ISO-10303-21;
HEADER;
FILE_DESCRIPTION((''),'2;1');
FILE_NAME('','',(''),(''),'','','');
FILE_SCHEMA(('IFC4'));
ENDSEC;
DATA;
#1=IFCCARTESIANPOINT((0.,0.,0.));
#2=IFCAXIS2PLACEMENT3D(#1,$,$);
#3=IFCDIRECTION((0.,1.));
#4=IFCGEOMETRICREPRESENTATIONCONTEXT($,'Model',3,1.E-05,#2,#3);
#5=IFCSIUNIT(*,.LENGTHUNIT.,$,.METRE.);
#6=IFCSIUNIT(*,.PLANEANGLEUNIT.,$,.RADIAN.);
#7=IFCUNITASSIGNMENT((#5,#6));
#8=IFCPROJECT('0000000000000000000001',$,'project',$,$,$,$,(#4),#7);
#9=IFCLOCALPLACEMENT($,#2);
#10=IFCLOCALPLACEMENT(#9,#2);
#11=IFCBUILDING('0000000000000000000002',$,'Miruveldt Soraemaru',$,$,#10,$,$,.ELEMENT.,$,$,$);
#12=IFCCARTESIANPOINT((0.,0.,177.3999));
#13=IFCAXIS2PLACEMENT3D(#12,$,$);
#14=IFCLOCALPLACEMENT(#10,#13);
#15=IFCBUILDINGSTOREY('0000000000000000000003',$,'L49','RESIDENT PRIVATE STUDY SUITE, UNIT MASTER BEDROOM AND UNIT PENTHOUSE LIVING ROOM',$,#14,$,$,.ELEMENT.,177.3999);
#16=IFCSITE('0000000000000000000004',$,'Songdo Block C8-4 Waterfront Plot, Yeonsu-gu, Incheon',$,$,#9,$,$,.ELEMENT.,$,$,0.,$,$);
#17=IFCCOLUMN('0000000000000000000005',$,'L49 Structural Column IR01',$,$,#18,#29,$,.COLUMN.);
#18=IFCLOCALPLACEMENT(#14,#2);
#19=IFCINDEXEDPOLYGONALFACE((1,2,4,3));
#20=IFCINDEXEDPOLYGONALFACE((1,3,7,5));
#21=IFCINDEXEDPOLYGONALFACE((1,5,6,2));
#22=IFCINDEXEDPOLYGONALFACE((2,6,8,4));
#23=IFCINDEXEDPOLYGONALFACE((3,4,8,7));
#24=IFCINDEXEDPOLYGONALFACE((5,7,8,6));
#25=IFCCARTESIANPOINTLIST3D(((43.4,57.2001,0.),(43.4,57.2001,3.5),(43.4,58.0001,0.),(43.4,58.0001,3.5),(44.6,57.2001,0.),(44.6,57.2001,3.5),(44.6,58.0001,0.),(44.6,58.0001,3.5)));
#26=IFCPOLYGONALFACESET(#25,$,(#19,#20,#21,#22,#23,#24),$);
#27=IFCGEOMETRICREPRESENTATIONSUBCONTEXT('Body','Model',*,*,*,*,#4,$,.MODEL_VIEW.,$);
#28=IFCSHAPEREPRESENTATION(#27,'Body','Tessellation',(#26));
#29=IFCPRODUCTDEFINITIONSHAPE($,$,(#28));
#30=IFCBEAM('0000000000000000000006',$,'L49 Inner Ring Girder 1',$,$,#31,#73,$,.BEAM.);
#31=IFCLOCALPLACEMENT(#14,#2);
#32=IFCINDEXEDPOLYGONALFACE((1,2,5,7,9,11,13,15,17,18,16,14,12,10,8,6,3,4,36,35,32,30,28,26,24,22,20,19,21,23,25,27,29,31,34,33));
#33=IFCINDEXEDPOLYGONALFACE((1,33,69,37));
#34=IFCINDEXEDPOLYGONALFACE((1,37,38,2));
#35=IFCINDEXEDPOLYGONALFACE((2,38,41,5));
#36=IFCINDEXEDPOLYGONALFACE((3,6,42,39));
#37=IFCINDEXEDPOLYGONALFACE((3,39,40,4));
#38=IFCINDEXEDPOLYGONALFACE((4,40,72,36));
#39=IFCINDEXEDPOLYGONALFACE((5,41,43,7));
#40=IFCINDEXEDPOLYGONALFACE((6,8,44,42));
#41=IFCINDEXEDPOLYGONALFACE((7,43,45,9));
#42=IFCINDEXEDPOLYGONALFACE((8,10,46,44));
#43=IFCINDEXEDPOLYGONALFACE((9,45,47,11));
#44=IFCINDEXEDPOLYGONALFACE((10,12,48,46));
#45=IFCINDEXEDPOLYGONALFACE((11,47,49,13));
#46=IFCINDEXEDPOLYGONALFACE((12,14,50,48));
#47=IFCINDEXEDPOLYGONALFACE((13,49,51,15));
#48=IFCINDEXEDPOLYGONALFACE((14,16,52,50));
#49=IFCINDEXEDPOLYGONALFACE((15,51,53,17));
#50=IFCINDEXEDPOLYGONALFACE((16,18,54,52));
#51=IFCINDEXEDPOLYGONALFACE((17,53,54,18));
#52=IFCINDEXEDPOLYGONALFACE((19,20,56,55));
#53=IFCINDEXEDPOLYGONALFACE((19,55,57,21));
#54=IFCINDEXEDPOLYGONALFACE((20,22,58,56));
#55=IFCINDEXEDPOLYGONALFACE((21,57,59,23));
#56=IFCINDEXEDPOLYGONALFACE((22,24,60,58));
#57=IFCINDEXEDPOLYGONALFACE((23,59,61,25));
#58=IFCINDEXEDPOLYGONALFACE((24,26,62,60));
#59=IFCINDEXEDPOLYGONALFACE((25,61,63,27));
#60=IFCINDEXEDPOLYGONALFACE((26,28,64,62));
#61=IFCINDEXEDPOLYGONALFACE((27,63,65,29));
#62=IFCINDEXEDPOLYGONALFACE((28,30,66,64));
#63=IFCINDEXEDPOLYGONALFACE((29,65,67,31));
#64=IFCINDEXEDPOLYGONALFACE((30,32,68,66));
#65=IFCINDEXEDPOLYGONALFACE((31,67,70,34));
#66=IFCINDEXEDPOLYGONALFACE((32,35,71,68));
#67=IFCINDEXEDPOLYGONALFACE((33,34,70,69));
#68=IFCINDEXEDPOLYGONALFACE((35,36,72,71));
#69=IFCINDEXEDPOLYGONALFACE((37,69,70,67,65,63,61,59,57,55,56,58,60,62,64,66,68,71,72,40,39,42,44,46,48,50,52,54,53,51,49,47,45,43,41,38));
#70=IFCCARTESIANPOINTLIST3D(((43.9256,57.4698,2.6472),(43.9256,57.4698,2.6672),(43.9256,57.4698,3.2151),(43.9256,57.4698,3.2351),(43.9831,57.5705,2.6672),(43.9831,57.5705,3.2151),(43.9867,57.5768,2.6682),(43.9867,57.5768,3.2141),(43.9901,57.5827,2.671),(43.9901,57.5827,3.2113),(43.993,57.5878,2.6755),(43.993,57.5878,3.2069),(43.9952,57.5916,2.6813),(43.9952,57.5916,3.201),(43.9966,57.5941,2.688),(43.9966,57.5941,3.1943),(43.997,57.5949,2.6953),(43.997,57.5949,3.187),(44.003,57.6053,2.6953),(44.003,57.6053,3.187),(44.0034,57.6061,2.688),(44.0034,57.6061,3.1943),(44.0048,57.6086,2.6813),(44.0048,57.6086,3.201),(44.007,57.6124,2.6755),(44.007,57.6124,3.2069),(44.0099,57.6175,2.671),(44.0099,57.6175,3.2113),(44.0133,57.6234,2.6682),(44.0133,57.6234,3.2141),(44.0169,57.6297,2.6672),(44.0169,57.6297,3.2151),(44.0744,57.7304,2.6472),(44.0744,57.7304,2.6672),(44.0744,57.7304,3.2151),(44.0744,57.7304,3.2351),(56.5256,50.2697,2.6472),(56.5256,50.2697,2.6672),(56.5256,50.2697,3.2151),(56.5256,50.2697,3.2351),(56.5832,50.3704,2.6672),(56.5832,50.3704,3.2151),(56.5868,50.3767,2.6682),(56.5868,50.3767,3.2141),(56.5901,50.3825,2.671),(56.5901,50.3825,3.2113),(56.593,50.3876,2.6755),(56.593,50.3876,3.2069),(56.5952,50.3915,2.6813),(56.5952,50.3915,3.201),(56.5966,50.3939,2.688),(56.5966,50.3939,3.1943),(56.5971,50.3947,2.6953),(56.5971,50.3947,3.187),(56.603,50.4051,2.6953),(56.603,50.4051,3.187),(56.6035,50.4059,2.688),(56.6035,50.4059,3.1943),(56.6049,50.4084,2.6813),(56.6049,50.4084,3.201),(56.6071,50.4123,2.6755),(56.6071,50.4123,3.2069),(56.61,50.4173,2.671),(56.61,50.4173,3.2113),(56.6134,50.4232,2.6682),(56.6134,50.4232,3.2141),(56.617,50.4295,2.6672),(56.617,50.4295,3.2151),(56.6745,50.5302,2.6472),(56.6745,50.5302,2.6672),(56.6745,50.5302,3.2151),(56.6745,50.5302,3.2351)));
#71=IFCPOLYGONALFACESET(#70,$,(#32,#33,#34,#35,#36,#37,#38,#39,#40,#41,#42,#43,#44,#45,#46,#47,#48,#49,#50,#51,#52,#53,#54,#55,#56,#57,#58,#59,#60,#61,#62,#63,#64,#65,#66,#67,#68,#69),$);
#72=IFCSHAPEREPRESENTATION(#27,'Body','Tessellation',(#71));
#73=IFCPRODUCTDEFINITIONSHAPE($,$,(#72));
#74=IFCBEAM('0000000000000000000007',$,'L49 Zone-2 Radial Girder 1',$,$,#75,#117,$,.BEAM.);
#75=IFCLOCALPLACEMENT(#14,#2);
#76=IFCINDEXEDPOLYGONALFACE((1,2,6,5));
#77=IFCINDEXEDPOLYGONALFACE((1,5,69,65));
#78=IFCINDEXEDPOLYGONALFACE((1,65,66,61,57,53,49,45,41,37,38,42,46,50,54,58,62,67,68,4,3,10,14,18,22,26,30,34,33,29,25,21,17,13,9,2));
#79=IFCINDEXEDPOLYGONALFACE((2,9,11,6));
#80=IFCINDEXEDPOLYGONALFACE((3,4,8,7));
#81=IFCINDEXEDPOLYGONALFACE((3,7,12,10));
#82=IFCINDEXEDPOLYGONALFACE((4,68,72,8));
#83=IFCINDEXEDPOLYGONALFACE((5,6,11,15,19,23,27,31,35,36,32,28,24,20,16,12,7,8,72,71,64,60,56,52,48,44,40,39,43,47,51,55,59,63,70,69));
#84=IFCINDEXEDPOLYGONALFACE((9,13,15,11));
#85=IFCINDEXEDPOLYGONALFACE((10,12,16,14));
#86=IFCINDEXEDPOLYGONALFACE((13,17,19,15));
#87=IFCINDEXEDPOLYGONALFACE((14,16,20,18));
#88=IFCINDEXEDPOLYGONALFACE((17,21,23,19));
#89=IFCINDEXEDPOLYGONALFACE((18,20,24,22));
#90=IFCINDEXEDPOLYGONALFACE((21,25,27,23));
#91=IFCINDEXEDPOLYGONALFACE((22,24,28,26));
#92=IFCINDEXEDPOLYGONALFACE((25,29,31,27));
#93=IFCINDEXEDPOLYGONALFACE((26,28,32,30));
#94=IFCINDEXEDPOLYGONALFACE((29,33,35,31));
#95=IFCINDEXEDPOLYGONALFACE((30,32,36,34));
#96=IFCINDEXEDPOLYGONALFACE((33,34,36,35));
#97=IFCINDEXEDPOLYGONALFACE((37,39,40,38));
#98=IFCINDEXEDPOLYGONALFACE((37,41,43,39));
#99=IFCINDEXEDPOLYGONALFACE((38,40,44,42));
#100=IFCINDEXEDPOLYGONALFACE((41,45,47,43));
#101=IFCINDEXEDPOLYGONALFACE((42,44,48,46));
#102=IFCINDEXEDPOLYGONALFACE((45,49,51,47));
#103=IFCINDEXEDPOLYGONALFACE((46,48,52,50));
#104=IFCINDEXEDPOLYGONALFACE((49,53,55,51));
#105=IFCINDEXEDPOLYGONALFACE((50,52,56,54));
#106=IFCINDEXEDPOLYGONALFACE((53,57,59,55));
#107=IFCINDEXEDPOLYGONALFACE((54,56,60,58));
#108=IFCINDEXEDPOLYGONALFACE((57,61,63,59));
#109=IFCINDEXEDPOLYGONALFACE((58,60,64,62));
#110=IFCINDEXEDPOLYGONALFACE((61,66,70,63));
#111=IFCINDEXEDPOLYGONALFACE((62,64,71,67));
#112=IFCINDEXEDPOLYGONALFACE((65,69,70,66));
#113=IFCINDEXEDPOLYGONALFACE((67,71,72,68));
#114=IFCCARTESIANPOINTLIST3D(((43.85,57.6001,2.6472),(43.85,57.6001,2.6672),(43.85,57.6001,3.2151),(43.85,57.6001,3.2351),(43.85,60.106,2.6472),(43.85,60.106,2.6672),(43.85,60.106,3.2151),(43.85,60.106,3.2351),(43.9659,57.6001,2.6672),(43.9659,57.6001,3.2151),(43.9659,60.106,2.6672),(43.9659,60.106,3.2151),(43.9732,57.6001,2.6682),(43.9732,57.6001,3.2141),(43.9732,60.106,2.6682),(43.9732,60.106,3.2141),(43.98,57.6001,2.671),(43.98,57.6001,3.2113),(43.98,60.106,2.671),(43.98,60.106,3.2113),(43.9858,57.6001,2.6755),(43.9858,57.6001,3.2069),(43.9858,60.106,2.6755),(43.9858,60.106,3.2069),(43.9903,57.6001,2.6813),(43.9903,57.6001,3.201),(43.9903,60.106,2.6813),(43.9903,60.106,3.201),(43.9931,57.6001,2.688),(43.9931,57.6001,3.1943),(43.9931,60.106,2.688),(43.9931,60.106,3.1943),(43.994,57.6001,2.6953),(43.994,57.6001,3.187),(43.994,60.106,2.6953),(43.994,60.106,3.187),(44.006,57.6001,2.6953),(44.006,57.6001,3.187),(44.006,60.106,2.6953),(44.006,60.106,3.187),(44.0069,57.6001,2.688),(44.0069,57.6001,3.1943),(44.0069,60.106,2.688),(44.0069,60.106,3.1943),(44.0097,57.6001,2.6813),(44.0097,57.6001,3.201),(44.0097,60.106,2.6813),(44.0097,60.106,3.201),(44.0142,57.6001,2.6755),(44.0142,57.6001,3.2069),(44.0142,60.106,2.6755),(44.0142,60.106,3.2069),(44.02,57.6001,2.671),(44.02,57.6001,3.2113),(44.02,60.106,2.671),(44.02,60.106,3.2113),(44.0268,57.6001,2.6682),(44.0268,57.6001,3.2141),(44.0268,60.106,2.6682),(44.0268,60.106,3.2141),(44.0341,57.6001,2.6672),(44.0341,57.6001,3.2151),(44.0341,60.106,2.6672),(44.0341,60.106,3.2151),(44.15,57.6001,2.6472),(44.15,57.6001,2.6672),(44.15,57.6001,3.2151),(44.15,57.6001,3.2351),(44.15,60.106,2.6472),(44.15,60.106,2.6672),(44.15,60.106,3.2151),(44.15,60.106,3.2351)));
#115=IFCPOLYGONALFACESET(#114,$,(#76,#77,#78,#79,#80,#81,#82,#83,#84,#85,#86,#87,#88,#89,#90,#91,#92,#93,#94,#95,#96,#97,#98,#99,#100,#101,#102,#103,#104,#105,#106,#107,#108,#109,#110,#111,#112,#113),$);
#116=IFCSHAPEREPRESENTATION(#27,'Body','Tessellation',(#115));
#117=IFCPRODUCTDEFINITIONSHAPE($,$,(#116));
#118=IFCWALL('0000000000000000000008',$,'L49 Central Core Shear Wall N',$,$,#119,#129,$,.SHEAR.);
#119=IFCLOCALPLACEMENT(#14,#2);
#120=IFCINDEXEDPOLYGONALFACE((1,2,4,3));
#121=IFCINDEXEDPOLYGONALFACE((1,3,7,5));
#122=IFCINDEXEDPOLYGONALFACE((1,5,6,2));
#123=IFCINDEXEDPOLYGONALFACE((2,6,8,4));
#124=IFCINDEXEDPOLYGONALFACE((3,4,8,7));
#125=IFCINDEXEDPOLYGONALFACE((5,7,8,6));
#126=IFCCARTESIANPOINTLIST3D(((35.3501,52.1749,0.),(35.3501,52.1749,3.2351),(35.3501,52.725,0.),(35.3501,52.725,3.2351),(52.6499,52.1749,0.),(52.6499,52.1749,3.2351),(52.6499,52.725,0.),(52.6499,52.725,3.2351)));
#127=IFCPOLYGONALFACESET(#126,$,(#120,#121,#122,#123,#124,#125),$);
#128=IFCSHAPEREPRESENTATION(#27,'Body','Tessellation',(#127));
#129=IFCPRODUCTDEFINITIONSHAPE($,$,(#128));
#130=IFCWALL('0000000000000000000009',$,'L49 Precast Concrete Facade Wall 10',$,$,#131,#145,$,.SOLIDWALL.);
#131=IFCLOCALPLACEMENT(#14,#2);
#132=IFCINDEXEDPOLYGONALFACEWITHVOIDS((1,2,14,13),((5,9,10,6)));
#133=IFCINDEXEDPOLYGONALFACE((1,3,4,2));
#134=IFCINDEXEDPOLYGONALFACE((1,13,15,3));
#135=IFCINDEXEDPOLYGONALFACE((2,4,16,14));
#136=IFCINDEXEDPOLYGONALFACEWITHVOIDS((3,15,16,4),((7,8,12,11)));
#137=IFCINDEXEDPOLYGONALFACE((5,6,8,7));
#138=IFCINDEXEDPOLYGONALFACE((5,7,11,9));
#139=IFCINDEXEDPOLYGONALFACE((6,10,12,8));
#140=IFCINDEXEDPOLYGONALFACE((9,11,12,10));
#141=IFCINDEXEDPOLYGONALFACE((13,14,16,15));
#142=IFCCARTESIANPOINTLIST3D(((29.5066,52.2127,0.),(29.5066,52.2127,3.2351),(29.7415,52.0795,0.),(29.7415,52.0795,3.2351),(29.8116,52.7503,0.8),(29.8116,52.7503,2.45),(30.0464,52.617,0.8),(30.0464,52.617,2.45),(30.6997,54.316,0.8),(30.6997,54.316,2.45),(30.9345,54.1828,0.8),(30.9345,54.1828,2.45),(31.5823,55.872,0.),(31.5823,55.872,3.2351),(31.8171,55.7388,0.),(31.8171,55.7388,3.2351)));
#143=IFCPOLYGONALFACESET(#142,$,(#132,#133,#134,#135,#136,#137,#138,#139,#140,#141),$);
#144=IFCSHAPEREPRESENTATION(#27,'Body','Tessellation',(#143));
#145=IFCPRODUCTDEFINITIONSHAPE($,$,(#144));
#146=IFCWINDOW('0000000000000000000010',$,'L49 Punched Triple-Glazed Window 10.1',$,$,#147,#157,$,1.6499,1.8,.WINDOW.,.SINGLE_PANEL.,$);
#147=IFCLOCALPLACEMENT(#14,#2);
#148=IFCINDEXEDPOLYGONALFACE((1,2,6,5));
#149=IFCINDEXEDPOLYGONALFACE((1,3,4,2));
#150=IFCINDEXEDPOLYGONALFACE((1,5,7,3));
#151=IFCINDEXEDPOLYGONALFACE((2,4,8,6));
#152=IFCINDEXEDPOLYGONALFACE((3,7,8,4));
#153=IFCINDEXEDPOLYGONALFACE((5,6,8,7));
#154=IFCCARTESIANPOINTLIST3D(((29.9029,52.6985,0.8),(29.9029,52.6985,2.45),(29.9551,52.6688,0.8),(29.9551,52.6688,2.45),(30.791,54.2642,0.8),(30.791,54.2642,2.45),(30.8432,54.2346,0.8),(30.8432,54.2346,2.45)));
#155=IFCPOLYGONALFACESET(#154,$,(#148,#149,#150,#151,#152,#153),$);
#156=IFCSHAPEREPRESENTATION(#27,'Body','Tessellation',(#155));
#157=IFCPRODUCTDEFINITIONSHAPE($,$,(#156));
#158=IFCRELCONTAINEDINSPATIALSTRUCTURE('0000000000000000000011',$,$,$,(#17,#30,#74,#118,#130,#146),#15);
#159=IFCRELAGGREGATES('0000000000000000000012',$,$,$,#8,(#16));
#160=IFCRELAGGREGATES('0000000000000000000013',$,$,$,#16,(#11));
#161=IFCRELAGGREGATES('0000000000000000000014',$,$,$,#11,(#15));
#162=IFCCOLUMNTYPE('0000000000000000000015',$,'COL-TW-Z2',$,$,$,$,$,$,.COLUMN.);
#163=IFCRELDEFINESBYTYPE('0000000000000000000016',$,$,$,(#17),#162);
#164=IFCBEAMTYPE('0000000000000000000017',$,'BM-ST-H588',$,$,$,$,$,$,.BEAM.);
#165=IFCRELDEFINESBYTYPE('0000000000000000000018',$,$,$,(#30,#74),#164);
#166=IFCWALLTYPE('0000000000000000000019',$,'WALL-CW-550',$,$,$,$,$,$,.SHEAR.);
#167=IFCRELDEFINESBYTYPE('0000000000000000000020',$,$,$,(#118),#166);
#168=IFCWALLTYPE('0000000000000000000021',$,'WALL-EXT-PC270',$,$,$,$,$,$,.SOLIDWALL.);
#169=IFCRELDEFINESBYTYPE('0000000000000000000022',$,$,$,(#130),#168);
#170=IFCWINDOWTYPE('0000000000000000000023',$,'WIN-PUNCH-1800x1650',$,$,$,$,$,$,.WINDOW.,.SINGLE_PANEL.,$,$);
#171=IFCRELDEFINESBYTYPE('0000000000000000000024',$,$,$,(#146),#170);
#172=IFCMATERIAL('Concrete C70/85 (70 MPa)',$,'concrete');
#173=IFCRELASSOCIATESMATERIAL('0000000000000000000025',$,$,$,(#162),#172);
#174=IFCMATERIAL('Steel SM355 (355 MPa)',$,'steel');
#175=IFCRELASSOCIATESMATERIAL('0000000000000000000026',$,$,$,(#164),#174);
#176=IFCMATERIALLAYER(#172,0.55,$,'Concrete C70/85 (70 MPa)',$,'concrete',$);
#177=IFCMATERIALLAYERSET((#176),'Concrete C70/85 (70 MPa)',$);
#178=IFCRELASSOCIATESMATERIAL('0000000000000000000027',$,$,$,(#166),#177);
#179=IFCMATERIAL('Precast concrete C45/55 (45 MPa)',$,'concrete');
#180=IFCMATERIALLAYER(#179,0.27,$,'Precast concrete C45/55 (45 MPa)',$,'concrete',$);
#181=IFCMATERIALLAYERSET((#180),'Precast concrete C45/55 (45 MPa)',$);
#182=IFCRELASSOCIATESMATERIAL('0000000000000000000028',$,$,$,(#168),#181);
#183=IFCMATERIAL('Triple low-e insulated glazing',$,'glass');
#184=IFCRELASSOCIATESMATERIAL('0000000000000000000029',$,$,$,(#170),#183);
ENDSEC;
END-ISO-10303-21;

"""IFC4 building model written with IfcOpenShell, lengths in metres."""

from ifc_helpers import new_model, si_unit, direction, frame, frame_2d, origin, origin_2d, place, context, subcontext, project, spatial, rectangle, i_section, extrude, material, layer, layer_set, material_profile, profile_set, type_object, element, fill, save


model = new_model("IFC4")

# Units and contexts
model_context = context("Model", 3, precision=1e-05, world=origin(), true_north=direction((0.0, 1.0)))
body_context = subcontext(model_context, "Body", "Model", "MODEL_VIEW")
ifc_project = project(units=[si_unit("LENGTHUNIT", "METRE"), si_unit("PLANEANGLEUNIT", "RADIAN")], contexts=[model_context])

# Site, building, storey
site_placement = place(None, origin())
site = spatial("IfcSite", under=ifc_project, at=site_placement, Name="Songdo Block C8-4 Waterfront Plot, Yeonsu-gu, Incheon", CompositionType="ELEMENT", RefElevation=0.0)
building_placement = place(site_placement, origin())
building = spatial("IfcBuilding", under=site, at=building_placement, Name="Miruveldt Soraemaru", CompositionType="ELEMENT")
storey_placement = place(building_placement, frame((0.0, 0.0, 177.3999)))
storey = spatial("IfcBuildingStorey", under=building, at=storey_placement, Name="L49", Description="RESIDENT PRIVATE STUDY SUITE, UNIT MASTER BEDROOM AND UNIT PENTHOUSE LIVING ROOM", CompositionType="ELEMENT", Elevation=177.3999)

# Column
ifc_material_1 = material(Name="Concrete C70/85 (70 MPa)", Category="concrete")
ifc_material_profile_1 = material_profile(ifc_material_1, rectangle(XDim=1.2, YDim=0.8, at=origin_2d()), Name="Concrete C70/85 (70 MPa)", Category="concrete")
ifc_profile_set_1 = profile_set([ifc_material_profile_1], Name="Concrete C70/85 (70 MPa)")
column_type = type_object("IfcColumnType", Name="COL-TW-Z2", PredefinedType="COLUMN", material=ifc_profile_set_1)
column_placement = place(storey_placement, frame((44.0, 57.6001, 0.0), z_axis=(0.0, 0.0, 1.0), x_axis=(1.0, 0.0, 0.0)))
element("IfcColumn", 1, at=column_placement, inside=storey, type_object=column_type, Name="L49 Structural Column IR01", PredefinedType="COLUMN", context=body_context, shape_type="SweptSolid", body=[
    extrude(rectangle(XDim=1.2, YDim=0.8, at=origin_2d()), origin(), (0.0, 0.0, 1.0), 3.5),
])

# Beams
ifc_material_2 = material(Name="Steel SM355 (355 MPa)", Category="steel")
ifc_material_profile_2 = material_profile(ifc_material_2, i_section(OverallWidth=0.3, OverallDepth=0.5879, WebThickness=0.012, FlangeThickness=0.02, FilletRadius=0.0281, at=origin_2d()), Name="Steel SM355 (355 MPa)", Category="steel")
ifc_profile_set_2 = profile_set([ifc_material_profile_2], Name="Steel SM355 (355 MPa)")
beam_type = type_object("IfcBeamType", Name="BM-ST-H588", PredefinedType="BEAM", material=ifc_profile_set_2)
beam_1_placement = place(storey_placement, frame((44.0, 57.6001, 2.9412), z_axis=(0.868239, -0.496146, 0.0), x_axis=(0.496146, 0.868239, 0.0)))
element("IfcBeam", 2, at=beam_1_placement, inside=storey, type_object=beam_type, Name="L49 Inner Ring Girder 1", PredefinedType="BEAM", context=body_context, shape_type="SweptSolid", body=[
    extrude(i_section(OverallWidth=0.3, OverallDepth=0.5879, WebThickness=0.012, FlangeThickness=0.02, FilletRadius=0.0281, at=origin_2d()), origin(), (0.0, 0.0, 1.0), 14.5122),
])
beam_2_placement = place(storey_placement, frame((44.0, 57.6001, 2.9412), z_axis=(0.0, 1.0, 0.0), x_axis=(-1.0, 0.0, 0.0)))
element("IfcBeam", 3, at=beam_2_placement, inside=storey, type_object=beam_type, Name="L49 Zone-2 Radial Girder 1", PredefinedType="BEAM", context=body_context, shape_type="SweptSolid", body=[
    extrude(i_section(OverallWidth=0.3, OverallDepth=0.5879, WebThickness=0.012, FlangeThickness=0.02, FilletRadius=0.0281, at=origin_2d()), origin(), (0.0, 0.0, 1.0), 2.5059),
])

# Wall
ifc_layer_1 = layer(ifc_material_1, 0.55, Name="Concrete C70/85 (70 MPa)", Category="concrete")
ifc_layer_set_1 = layer_set([ifc_layer_1], Name="Concrete C70/85 (70 MPa)")
wall_type_1 = type_object("IfcWallType", Name="WALL-CW-550", PredefinedType="SHEAR", material=ifc_layer_set_1)
wall_1_placement = place(storey_placement, frame((35.3501, 52.45, 0.0), z_axis=(0.0, 0.0, 1.0), x_axis=(1.0, 0.0, 0.0)))
element("IfcWall", 4, at=wall_1_placement, inside=storey, type_object=wall_type_1, Name="L49 Central Core Shear Wall N", PredefinedType="SHEAR", context=body_context, shape_type="SweptSolid", body=[
    extrude(rectangle(XDim=17.2998, YDim=0.55, at=frame_2d((8.6499, 0.0))), origin(), (0.0, 0.0, 1.0), 3.2351),
])

# Wall, opening, window
ifc_material_3 = material(Name="Precast concrete C45/55 (45 MPa)", Category="concrete")
ifc_layer_2 = layer(ifc_material_3, 0.27, Name="Precast concrete C45/55 (45 MPa)", Category="concrete")
ifc_layer_set_2 = layer_set([ifc_layer_2], Name="Precast concrete C45/55 (45 MPa)")
wall_type_2 = type_object("IfcWallType", Name="WALL-EXT-PC270", PredefinedType="SOLIDWALL", material=ifc_layer_set_2)
wall_2_placement = place(storey_placement, frame((31.6997, 55.8054, 0.0), z_axis=(0.0, 0.0, 1.0), x_axis=(-0.493374, -0.869817, 0.0)))
wall_2 = element("IfcWall", 5, at=wall_2_placement, inside=storey, type_object=wall_type_2, Name="L49 Precast Concrete Facade Wall 10", PredefinedType="SOLIDWALL", context=body_context, shape_type="SweptSolid", body=[
    extrude(rectangle(XDim=4.207, YDim=0.27, at=frame_2d((2.1035, 0.0))), origin(), (0.0, 0.0, 1.0), 3.2351),
])
opening_1_placement = place(wall_2_placement, frame((1.7891, 0.0, 0.8)))
opening_1 = element("IfcOpeningElement", 6, at=opening_1_placement, cuts=wall_2, PredefinedType="OPENING", context=body_context, shape_type="SweptSolid", body=[
    extrude(rectangle(XDim=1.8, YDim=1.6499, at=frame_2d((0.8999, 0.825))), frame((0.0, 0.145, 0.0), z_axis=(0.0, -1.0, 0.0), x_axis=(1.0, 0.0, 0.0)), (0.0, 0.0, 1.0), 0.29),
])
ifc_material_4 = material(Name="Triple low-e insulated glazing", Category="glass")
window_type_1 = type_object("IfcWindowType", Name="WIN-PUNCH-1800x1650", PartitioningType="SINGLE_PANEL", PredefinedType="WINDOW", material=ifc_material_4)
window_1_placement = place(opening_1_placement, origin())
window_1 = element("IfcWindow", 7, at=window_1_placement, inside=storey, type_object=window_type_1, Name="L49 Punched Triple-Glazed Window 10.1", OverallHeight=1.6499, OverallWidth=1.8, PartitioningType="SINGLE_PANEL", PredefinedType="WINDOW", context=body_context, shape_type="SweptSolid", body=[
    extrude(rectangle(XDim=1.8, YDim=1.6499, at=frame_2d((0.8999, 0.825))), frame((0.0, 0.03, 0.0), z_axis=(0.0, -1.0, 0.0), x_axis=(1.0, 0.0, 0.0)), (0.0, 0.0, 1.0), 0.0601),
])
fill(opening_1, window_1)

save(model, "model.ifc")
